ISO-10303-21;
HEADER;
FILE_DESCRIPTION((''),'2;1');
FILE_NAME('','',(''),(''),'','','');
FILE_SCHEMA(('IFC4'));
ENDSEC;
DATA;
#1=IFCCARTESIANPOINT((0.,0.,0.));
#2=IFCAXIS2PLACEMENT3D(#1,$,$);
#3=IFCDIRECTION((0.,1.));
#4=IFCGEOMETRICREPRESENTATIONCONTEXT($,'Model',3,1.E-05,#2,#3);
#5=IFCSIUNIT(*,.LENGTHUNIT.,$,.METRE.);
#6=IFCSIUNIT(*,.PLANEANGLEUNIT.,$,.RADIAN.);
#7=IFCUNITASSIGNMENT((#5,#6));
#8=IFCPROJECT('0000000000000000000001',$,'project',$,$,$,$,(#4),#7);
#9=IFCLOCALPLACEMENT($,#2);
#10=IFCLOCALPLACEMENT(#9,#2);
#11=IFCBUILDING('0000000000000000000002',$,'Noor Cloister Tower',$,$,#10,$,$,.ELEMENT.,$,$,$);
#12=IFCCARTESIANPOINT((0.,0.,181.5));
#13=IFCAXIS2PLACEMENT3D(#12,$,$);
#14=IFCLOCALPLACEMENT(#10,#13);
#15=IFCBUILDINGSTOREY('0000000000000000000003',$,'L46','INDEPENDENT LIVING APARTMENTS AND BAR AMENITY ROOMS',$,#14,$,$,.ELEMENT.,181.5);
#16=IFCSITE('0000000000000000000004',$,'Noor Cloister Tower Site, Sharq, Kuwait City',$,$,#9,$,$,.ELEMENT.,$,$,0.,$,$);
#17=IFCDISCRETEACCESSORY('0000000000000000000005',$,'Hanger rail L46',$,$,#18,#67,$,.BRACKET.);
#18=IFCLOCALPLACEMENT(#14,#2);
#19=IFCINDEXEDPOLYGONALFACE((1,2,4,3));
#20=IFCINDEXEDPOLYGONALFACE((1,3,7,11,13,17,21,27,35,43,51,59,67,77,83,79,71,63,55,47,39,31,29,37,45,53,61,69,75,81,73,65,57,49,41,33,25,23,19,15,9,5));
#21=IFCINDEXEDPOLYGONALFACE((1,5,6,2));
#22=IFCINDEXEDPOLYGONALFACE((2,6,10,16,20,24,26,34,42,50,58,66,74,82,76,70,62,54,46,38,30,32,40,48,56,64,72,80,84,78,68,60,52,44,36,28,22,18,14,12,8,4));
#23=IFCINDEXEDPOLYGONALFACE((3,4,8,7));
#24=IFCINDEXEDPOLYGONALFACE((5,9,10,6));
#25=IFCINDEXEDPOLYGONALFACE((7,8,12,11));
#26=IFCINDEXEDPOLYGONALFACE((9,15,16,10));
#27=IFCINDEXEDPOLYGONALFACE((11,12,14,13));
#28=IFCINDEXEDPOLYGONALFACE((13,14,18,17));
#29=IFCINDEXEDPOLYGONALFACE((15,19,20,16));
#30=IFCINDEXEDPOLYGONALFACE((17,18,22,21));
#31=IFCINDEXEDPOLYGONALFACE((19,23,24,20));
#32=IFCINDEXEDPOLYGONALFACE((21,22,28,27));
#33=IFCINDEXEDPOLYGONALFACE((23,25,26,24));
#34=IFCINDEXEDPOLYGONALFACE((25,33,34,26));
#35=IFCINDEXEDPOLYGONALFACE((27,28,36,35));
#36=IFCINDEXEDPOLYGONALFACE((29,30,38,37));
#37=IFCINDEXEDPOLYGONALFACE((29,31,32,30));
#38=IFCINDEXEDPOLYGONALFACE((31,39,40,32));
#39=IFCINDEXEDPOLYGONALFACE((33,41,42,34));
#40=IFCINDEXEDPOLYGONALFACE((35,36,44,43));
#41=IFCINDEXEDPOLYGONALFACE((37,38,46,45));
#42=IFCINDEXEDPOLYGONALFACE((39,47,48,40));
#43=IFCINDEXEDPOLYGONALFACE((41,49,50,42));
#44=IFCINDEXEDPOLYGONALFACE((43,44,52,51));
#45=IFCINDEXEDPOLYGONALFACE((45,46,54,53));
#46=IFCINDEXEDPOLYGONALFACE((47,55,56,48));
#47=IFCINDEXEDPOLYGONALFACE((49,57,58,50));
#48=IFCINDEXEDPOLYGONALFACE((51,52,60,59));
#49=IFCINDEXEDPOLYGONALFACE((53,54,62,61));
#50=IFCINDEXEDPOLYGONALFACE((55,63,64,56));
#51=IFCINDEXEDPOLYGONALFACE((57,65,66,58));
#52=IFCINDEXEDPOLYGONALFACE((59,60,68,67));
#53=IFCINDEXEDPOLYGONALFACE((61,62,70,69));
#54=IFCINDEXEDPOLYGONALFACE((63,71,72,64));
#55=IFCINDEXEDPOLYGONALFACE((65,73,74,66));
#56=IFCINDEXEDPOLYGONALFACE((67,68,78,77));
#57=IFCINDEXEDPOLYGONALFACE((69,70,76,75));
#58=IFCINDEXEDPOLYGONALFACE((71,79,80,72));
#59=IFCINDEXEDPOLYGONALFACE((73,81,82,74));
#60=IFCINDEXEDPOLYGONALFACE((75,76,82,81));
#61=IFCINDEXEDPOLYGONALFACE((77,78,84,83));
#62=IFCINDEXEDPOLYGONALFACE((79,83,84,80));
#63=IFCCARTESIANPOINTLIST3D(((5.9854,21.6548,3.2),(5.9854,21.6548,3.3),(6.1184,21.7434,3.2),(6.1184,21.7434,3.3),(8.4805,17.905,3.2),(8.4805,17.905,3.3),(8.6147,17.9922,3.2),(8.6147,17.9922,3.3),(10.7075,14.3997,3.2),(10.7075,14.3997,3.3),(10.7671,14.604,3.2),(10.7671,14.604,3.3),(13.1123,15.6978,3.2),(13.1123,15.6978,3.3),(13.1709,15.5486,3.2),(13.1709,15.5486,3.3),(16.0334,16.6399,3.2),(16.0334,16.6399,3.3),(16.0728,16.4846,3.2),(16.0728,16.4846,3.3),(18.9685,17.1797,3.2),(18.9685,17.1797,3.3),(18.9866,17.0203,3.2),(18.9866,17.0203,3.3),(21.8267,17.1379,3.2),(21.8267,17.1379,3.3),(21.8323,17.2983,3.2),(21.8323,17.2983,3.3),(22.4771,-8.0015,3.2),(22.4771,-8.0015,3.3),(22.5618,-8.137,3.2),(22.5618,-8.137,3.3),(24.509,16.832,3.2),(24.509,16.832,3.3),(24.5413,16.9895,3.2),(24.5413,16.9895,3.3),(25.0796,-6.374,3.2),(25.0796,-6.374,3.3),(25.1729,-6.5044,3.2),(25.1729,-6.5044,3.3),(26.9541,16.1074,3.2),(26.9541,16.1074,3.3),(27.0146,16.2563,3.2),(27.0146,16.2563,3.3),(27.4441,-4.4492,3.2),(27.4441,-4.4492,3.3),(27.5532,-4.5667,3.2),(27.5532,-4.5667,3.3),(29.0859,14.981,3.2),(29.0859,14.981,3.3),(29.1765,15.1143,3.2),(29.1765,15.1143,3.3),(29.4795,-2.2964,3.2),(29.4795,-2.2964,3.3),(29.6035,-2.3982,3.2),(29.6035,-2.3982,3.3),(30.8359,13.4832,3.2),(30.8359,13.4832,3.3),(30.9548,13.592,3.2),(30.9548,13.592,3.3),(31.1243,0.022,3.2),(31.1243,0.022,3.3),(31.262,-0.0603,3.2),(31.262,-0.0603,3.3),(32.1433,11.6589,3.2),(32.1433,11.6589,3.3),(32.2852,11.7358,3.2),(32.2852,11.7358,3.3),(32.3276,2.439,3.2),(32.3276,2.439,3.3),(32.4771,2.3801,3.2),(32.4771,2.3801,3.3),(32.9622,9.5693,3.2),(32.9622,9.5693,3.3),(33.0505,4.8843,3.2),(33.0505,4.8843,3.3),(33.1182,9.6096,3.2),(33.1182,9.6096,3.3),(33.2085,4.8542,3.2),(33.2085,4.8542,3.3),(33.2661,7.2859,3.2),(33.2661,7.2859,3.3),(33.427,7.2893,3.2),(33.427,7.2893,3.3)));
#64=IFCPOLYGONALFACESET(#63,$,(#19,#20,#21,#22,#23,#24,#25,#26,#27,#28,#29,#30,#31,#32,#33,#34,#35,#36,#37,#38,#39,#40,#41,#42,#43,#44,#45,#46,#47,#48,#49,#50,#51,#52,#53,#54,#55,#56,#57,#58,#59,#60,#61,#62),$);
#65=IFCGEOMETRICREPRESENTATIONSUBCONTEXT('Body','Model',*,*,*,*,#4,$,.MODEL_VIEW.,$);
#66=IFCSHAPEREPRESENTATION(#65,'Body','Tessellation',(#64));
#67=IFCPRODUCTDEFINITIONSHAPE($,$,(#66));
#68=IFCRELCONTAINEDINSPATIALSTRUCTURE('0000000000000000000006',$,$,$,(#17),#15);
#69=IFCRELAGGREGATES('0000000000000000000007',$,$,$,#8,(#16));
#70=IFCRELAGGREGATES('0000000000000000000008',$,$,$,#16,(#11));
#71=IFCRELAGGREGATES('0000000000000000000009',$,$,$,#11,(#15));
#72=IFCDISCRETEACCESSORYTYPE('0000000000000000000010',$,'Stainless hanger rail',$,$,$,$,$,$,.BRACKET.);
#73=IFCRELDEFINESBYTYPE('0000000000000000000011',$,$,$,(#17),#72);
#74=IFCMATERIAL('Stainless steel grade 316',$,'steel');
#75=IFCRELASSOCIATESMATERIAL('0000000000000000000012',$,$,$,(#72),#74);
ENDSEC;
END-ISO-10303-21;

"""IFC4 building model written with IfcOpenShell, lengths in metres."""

from ifc_helpers import new_model, si_unit, direction, frame, origin, place, context, subcontext, project, spatial, polyline, outline, extrude, material, type_object, element, save


model = new_model("IFC4")

# Units and contexts
model_context = context("Model", 3, precision=1e-05, world=origin(), true_north=direction((0.0, 1.0)))
body_context = subcontext(model_context, "Body", "Model", "MODEL_VIEW")
ifc_project = project(units=[si_unit("LENGTHUNIT", "METRE"), si_unit("PLANEANGLEUNIT", "RADIAN")], contexts=[model_context])

# Site, building, storey
site_placement = place(None, origin())
site = spatial("IfcSite", under=ifc_project, at=site_placement, Name="Noor Cloister Tower Site, Sharq, Kuwait City", CompositionType="ELEMENT", RefElevation=0.0)
building_placement = place(site_placement, origin())
building = spatial("IfcBuilding", under=site, at=building_placement, Name="Noor Cloister Tower", CompositionType="ELEMENT")
storey_placement = place(building_placement, frame((0.0, 0.0, 181.5)))
storey = spatial("IfcBuildingStorey", under=building, at=storey_placement, Name="L46", Description="INDEPENDENT LIVING APARTMENTS AND BAR AMENITY ROOMS", CompositionType="ELEMENT", Elevation=181.5)

# Discrete accessory
ifc_material_1 = material(Name="Stainless steel grade 316", Category="steel")
discrete_accessory_type = type_object("IfcDiscreteAccessoryType", Name="Stainless hanger rail", PredefinedType="BRACKET", material=ifc_material_1)
discrete_accessory_1_placement = place(storey_placement, frame((0.0, 0.0, 3.2)))
element("IfcDiscreteAccessory", 1, at=discrete_accessory_1_placement, inside=storey, type_object=discrete_accessory_type, Name="Hanger rail L46", PredefinedType="BRACKET", context=body_context, shape_type="SweptSolid", body=[
    extrude(outline(polyline([(22.5618, -8.137), (25.1729, -6.5044), (27.5532, -4.5667), (29.6035, -2.3982), (31.262, -0.0603), (32.4771, 2.3801), (33.2085, 4.8542), (33.427, 7.2893), (33.1182, 9.6096), (32.2852, 11.7358), (30.9548, 13.592), (29.1765, 15.1143), (27.0146, 16.2563), (24.5413, 16.9895), (21.8323, 17.2983), (18.9685, 17.1797), (16.0334, 16.6399), (13.1123, 15.6978), (10.7671, 14.604), (8.6147, 17.9922), (6.1184, 21.7434), (5.9854, 21.6548), (8.4805, 17.905), (10.7075, 14.3997), (13.1709, 15.5486), (16.0728, 16.4846), (18.9866, 17.0203), (21.8267, 17.1379), (24.509, 16.832), (26.9541, 16.1074), (29.0859, 14.981), (30.8359, 13.4832), (32.1433, 11.6589), (32.9622, 9.5693), (33.2661, 7.2859), (33.0505, 4.8843), (32.3276, 2.439), (31.1243, 0.022), (29.4795, -2.2964), (27.4441, -4.4492), (25.0796, -6.374), (22.4771, -8.0015), (22.5618, -8.137)])), origin(), (0.0, 0.0, 1.0), 0.1001),
])

save(model, "model.ifc")
